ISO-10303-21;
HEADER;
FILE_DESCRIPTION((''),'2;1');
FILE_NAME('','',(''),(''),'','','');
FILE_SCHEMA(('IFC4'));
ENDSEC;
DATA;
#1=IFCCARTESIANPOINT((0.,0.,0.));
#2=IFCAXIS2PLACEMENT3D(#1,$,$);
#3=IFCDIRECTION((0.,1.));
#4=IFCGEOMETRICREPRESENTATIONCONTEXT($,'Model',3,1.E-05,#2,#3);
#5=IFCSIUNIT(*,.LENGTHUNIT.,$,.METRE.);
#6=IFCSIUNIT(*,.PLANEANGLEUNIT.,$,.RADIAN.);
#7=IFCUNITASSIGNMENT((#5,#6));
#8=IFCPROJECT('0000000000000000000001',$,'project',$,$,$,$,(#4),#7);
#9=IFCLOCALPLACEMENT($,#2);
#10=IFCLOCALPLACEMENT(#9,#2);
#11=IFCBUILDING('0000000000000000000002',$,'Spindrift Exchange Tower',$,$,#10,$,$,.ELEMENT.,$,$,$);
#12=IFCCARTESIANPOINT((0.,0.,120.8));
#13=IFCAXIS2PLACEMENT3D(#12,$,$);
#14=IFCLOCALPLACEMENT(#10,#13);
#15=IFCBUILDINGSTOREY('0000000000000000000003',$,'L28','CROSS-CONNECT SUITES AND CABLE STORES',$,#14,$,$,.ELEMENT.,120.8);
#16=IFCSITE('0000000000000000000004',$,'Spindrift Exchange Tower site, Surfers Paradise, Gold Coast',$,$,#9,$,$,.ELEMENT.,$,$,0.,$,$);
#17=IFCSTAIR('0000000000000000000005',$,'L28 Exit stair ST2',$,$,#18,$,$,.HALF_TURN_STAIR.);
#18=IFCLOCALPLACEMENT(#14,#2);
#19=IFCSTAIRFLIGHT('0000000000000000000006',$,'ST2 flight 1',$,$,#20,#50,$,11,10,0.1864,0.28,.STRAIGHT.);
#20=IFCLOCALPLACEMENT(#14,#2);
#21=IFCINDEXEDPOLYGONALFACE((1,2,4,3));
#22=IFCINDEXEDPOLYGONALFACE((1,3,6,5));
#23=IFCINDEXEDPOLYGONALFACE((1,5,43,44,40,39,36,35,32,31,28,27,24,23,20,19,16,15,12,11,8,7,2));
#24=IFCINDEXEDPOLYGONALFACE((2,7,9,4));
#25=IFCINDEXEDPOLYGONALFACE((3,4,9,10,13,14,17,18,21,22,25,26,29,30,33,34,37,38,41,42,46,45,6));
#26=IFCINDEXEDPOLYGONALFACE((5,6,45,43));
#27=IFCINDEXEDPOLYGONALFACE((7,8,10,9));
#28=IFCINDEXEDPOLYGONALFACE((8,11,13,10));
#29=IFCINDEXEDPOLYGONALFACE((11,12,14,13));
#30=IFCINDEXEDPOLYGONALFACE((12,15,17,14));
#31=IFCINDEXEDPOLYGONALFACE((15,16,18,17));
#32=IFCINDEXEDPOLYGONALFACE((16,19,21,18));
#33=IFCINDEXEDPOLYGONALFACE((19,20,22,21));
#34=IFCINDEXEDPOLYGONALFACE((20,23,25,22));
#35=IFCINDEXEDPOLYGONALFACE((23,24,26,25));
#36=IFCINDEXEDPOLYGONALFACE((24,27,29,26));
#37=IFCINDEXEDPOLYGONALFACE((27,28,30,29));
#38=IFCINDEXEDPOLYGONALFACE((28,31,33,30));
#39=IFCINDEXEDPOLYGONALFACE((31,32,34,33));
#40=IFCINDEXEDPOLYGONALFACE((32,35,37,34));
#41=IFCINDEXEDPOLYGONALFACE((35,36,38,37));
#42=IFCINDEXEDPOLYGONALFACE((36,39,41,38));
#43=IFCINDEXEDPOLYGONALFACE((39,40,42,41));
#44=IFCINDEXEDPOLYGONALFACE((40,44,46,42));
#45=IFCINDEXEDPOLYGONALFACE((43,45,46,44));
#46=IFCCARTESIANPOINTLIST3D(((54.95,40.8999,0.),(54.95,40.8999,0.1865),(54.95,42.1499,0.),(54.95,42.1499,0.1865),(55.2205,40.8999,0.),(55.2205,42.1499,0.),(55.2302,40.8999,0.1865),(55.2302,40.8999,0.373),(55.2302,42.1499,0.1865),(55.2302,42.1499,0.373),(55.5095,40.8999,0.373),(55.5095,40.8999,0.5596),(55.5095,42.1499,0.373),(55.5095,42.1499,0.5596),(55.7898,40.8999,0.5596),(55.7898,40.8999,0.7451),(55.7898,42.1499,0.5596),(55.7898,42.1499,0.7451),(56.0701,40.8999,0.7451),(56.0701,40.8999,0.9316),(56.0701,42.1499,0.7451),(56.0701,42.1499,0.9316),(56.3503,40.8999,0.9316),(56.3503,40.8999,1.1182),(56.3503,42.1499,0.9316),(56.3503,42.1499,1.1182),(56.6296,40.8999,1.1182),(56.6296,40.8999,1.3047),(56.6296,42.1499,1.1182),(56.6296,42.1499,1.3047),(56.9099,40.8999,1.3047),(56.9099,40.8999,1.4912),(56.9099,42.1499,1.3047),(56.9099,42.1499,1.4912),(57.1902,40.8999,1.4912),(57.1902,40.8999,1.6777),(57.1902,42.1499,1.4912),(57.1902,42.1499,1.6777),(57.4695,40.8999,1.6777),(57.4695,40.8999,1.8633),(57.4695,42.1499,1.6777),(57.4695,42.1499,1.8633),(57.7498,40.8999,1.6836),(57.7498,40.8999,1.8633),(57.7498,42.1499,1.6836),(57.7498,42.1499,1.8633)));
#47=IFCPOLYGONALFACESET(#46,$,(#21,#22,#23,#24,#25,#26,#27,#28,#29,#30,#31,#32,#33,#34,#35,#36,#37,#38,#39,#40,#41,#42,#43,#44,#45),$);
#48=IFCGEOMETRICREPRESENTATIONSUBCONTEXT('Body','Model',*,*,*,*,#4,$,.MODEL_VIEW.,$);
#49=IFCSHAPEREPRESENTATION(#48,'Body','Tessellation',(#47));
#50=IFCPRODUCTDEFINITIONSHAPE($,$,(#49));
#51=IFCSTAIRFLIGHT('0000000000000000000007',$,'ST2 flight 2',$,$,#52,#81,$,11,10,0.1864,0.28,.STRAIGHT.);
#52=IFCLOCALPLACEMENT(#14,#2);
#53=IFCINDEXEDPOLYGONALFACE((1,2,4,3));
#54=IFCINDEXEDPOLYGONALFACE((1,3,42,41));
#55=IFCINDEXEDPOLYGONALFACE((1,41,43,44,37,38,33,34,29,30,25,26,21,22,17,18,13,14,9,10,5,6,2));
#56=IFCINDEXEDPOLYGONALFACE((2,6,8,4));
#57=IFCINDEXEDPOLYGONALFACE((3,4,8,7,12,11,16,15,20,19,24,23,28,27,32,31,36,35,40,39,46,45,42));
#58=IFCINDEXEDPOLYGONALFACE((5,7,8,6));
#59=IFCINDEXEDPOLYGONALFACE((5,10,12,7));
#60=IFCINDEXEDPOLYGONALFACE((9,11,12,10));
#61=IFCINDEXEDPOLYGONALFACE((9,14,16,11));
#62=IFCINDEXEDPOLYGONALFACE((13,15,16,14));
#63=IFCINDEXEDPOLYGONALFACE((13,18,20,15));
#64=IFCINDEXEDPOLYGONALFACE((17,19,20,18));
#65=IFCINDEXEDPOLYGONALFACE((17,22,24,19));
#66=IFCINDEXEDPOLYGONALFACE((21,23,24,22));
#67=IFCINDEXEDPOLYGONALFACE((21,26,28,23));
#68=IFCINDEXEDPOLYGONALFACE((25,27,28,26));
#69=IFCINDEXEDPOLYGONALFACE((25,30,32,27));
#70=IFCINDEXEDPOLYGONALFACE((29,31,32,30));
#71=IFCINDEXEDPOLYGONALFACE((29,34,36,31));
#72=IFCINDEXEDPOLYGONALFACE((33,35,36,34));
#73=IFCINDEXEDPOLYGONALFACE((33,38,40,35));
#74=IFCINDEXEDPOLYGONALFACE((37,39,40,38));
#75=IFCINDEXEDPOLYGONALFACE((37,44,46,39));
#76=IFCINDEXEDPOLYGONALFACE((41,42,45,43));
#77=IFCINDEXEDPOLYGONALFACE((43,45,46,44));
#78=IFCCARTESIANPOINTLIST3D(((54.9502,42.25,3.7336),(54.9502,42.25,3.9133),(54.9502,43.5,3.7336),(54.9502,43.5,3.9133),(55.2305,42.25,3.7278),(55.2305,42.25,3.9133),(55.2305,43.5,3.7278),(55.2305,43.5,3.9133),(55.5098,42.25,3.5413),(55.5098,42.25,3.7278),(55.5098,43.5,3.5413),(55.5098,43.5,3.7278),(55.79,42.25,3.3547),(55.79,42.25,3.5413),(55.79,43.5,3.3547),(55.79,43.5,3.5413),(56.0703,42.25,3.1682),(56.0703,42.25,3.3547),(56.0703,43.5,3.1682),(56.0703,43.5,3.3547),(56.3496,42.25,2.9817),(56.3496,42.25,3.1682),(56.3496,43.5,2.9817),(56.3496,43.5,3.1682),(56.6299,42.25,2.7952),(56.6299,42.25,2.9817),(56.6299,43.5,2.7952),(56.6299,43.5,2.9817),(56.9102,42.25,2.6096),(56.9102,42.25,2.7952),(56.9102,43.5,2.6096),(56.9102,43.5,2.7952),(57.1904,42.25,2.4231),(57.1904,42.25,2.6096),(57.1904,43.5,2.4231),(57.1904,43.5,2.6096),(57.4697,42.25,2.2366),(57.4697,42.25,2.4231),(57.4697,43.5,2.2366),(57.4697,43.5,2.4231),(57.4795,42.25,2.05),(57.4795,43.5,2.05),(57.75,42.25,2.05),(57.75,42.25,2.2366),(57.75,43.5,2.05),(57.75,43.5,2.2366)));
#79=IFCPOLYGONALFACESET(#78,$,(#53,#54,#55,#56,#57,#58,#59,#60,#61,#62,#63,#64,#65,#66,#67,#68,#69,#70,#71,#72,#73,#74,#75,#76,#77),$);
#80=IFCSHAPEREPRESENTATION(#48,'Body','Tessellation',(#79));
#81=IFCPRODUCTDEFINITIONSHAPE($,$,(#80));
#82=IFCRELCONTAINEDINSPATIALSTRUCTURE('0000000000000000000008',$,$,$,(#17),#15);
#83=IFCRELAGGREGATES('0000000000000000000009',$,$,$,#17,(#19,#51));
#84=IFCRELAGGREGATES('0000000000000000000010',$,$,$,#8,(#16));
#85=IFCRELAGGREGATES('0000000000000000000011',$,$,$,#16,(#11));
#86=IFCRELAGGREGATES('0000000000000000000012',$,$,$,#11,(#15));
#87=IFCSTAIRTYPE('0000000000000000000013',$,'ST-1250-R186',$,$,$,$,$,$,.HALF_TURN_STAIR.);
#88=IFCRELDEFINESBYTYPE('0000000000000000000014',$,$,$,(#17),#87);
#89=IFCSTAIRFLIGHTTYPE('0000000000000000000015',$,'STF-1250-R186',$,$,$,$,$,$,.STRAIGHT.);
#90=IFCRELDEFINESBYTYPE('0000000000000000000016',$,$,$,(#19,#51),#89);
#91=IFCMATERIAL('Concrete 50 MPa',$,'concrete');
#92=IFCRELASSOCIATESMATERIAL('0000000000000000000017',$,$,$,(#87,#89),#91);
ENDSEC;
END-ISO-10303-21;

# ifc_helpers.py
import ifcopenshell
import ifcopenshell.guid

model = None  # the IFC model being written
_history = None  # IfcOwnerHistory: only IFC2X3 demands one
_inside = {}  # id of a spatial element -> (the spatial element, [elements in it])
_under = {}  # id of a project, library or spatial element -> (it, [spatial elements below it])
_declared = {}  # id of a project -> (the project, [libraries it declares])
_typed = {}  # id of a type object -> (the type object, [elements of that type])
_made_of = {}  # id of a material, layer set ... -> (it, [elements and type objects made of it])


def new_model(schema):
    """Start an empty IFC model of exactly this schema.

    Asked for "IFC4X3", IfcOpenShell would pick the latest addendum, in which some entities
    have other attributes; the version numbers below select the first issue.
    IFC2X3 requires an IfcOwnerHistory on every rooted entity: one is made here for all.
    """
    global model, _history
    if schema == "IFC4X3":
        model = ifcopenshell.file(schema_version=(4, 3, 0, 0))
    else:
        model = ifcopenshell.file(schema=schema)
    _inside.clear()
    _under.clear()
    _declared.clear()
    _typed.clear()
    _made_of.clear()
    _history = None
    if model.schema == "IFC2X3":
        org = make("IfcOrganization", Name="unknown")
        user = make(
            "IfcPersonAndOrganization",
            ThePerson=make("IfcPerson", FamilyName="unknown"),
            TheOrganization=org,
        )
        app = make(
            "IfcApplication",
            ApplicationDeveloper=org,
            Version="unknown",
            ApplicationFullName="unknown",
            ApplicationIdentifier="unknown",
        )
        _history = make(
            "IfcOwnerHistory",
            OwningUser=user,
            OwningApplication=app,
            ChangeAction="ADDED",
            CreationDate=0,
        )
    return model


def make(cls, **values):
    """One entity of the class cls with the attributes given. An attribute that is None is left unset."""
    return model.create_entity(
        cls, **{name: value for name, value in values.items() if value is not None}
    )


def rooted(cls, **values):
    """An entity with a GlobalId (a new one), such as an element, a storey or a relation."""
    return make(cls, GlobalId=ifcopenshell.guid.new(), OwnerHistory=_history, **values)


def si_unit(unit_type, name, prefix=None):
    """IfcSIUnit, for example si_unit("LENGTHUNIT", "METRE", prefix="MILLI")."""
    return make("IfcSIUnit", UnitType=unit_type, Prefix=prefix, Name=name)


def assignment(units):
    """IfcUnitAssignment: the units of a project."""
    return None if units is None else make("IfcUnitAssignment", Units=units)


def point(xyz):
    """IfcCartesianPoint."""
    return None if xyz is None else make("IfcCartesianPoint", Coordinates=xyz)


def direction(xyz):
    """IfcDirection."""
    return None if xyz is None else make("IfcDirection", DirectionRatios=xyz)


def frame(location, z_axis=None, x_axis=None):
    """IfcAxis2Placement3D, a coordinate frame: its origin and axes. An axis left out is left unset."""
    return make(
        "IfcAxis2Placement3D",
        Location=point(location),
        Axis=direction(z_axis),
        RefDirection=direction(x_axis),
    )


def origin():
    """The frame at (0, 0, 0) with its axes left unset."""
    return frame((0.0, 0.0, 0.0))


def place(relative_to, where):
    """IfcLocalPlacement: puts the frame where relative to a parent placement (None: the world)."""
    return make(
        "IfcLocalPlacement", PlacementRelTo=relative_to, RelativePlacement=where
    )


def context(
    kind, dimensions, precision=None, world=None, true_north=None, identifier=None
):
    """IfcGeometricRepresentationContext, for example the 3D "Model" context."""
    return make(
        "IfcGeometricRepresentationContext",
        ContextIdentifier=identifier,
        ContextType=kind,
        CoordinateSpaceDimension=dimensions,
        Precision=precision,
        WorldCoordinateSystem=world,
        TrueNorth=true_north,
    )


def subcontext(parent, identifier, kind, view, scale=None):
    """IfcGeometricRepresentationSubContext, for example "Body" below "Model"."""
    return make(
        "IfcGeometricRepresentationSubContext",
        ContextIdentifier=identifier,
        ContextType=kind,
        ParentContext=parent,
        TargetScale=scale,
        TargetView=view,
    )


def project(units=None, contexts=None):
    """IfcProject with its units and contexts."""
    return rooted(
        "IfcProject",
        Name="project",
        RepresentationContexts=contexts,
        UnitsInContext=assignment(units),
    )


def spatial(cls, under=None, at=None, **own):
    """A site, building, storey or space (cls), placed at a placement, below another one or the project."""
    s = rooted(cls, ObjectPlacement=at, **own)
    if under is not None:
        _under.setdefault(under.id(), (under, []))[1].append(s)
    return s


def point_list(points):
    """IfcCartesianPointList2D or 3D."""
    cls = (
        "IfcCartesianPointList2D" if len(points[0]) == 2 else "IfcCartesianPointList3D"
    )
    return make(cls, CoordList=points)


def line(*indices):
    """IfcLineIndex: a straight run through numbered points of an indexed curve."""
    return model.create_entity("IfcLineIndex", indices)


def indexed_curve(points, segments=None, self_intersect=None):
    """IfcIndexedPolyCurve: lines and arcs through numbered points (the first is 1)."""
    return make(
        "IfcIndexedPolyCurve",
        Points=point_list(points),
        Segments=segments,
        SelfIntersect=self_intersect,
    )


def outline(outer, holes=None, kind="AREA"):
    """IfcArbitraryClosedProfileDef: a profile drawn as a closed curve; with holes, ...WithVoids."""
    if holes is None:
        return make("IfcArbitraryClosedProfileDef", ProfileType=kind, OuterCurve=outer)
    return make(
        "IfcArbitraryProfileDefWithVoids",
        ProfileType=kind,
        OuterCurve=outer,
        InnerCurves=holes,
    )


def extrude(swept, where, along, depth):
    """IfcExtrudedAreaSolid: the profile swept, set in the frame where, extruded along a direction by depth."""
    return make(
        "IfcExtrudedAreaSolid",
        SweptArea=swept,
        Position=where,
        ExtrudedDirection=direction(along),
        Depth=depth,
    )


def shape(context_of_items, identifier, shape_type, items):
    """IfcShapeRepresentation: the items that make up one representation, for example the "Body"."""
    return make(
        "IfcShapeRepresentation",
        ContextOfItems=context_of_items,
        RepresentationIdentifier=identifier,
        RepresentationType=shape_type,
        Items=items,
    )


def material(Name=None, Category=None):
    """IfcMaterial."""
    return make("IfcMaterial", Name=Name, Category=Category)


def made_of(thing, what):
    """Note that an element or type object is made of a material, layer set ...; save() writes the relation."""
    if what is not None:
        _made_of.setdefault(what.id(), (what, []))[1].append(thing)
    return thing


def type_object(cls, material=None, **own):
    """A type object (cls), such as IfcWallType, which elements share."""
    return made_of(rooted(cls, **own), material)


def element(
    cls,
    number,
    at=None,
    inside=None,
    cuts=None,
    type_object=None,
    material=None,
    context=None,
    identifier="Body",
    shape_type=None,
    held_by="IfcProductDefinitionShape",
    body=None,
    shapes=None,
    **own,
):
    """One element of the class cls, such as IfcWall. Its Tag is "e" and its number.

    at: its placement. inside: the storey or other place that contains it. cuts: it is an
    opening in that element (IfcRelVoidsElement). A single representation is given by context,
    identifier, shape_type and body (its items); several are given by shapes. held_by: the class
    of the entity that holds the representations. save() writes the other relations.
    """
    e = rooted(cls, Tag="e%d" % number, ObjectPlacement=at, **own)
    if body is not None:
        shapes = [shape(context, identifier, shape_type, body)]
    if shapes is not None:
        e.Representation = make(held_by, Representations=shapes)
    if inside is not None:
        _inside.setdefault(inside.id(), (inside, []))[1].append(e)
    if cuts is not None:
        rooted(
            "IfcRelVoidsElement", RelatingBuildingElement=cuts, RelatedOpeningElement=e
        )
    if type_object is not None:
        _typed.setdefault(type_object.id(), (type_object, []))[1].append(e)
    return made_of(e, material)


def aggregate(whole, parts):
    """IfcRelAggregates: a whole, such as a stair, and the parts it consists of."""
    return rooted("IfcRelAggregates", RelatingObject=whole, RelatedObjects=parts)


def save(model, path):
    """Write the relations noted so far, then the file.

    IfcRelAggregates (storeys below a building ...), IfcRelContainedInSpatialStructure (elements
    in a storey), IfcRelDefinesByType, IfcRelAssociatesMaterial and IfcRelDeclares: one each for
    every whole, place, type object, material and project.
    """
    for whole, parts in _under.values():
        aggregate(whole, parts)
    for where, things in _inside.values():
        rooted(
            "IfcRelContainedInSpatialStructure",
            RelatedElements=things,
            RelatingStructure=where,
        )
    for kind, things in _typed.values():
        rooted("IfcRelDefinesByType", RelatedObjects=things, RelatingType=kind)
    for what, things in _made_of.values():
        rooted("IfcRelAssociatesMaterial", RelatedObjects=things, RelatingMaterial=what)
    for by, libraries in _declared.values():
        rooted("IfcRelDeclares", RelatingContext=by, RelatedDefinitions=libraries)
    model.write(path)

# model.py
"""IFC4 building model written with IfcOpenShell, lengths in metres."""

from ifc_helpers import new_model, si_unit, direction, frame, origin, place, context, subcontext, project, spatial, line, indexed_curve, outline, extrude, material, type_object, element, aggregate, save


model = new_model("IFC4")

# Units and contexts
model_context = context("Model", 3, precision=1e-05, world=origin(), true_north=direction((0.0, 1.0)))
body_context = subcontext(model_context, "Body", "Model", "MODEL_VIEW")
ifc_project = project(units=[si_unit("LENGTHUNIT", "METRE"), si_unit("PLANEANGLEUNIT", "RADIAN")], contexts=[model_context])

# Site, building, storey
site_placement = place(None, origin())
site = spatial("IfcSite", under=ifc_project, at=site_placement, Name="Spindrift Exchange Tower site, Surfers Paradise, Gold Coast", CompositionType="ELEMENT", RefElevation=0.0)
building_placement = place(site_placement, origin())
building = spatial("IfcBuilding", under=site, at=building_placement, Name="Spindrift Exchange Tower", CompositionType="ELEMENT")
storey_placement = place(building_placement, frame((0.0, 0.0, 120.8)))
storey = spatial("IfcBuildingStorey", under=building, at=storey_placement, Name="L28", Description="CROSS-CONNECT SUITES AND CABLE STORES", CompositionType="ELEMENT", Elevation=120.8)

# Stair, stair flights
ifc_material_1 = material(Name="Concrete 50 MPa", Category="concrete")
stair_type = type_object("IfcStairType", Name="ST-1250-R186", PredefinedType="HALF_TURN_STAIR", material=ifc_material_1)
stair_placement = place(storey_placement, origin())
stair = element("IfcStair", 1, at=stair_placement, inside=storey, type_object=stair_type, Name="L28 Exit stair ST2", PredefinedType="HALF_TURN_STAIR")
stair_flight_type = type_object("IfcStairFlightType", Name="STF-1250-R186", PredefinedType="STRAIGHT", material=ifc_material_1)
stair_flight_1_placement = place(storey_placement, frame((54.95, 41.5249, 0.0), z_axis=(0.0, 0.0, 1.0), x_axis=(1.0, 0.0, 0.0)))
stair_flight_1 = element("IfcStairFlight", 2, at=stair_flight_1_placement, type_object=stair_flight_type, Name="ST2 flight 1", NumberOfRisers=11, NumberOfTreads=10, PredefinedType="STRAIGHT", RiserHeight=0.1864, TreadLength=0.28, context=body_context, shape_type="SweptSolid", body=[
    extrude(outline(indexed_curve([(0.0, 0.0), (0.0, 0.1865), (0.2803, 0.1865), (0.2803, 0.373), (0.5596, 0.373), (0.5596, 0.5596), (0.8398, 0.5596), (0.8398, 0.7451), (1.1201, 0.7451), (1.1201, 0.9316), (1.4004, 0.9316), (1.4004, 1.1182), (1.6797, 1.1182), (1.6797, 1.3047), (1.96, 1.3047), (1.96, 1.4912), (2.2402, 1.4912), (2.2402, 1.6777), (2.5195, 1.6777), (2.5195, 1.8633), (2.7998, 1.8633), (2.7998, 2.0498), (2.7998, 1.6836), (0.2705, 0.0)], segments=[line(1, 2, 3, 4, 5, 6, 7, 8, 9, 10, 11, 12, 13, 14, 15, 16, 17, 18, 19, 20, 21, 22, 23, 24, 1)], self_intersect=False)), frame((0.0, 0.625, 0.0), z_axis=(0.0, -1.0, 0.0), x_axis=(1.0, 0.0, 0.0)), (0.0, 0.0, 1.0), 1.25),
])
stair_flight_2_placement = place(storey_placement, frame((57.75, 42.875, 2.05), z_axis=(0.0, 0.0, 1.0), x_axis=(-1.0, 0.0, 0.0)))
stair_flight_2 = element("IfcStairFlight", 3, at=stair_flight_2_placement, type_object=stair_flight_type, Name="ST2 flight 2", NumberOfRisers=11, NumberOfTreads=10, PredefinedType="STRAIGHT", RiserHeight=0.1864, TreadLength=0.28, context=body_context, shape_type="SweptSolid", body=[
    extrude(outline(indexed_curve([(0.0, 0.0), (0.0, 0.1865), (0.2803, 0.1865), (0.2803, 0.373), (0.5596, 0.373), (0.5596, 0.5596), (0.8398, 0.5596), (0.8398, 0.7451), (1.1201, 0.7451), (1.1201, 0.9316), (1.4004, 0.9316), (1.4004, 1.1182), (1.6797, 1.1182), (1.6797, 1.3047), (1.96, 1.3047), (1.96, 1.4912), (2.2402, 1.4912), (2.2402, 1.6777), (2.5195, 1.6777), (2.5195, 1.8633), (2.7998, 1.8633), (2.7998, 2.0498), (2.7998, 1.6836), (0.2705, 0.0)], segments=[line(1, 2, 3, 4, 5, 6, 7, 8, 9, 10, 11, 12, 13, 14, 15, 16, 17, 18, 19, 20, 21, 22, 23, 24, 1)], self_intersect=False)), frame((0.0, 0.625, 0.0), z_axis=(0.0, -1.0, 0.0), x_axis=(1.0, 0.0, 0.0)), (0.0, 0.0, 1.0), 1.25),
])
aggregate(stair, [stair_flight_1, stair_flight_2])

save(model, "model.ifc")
